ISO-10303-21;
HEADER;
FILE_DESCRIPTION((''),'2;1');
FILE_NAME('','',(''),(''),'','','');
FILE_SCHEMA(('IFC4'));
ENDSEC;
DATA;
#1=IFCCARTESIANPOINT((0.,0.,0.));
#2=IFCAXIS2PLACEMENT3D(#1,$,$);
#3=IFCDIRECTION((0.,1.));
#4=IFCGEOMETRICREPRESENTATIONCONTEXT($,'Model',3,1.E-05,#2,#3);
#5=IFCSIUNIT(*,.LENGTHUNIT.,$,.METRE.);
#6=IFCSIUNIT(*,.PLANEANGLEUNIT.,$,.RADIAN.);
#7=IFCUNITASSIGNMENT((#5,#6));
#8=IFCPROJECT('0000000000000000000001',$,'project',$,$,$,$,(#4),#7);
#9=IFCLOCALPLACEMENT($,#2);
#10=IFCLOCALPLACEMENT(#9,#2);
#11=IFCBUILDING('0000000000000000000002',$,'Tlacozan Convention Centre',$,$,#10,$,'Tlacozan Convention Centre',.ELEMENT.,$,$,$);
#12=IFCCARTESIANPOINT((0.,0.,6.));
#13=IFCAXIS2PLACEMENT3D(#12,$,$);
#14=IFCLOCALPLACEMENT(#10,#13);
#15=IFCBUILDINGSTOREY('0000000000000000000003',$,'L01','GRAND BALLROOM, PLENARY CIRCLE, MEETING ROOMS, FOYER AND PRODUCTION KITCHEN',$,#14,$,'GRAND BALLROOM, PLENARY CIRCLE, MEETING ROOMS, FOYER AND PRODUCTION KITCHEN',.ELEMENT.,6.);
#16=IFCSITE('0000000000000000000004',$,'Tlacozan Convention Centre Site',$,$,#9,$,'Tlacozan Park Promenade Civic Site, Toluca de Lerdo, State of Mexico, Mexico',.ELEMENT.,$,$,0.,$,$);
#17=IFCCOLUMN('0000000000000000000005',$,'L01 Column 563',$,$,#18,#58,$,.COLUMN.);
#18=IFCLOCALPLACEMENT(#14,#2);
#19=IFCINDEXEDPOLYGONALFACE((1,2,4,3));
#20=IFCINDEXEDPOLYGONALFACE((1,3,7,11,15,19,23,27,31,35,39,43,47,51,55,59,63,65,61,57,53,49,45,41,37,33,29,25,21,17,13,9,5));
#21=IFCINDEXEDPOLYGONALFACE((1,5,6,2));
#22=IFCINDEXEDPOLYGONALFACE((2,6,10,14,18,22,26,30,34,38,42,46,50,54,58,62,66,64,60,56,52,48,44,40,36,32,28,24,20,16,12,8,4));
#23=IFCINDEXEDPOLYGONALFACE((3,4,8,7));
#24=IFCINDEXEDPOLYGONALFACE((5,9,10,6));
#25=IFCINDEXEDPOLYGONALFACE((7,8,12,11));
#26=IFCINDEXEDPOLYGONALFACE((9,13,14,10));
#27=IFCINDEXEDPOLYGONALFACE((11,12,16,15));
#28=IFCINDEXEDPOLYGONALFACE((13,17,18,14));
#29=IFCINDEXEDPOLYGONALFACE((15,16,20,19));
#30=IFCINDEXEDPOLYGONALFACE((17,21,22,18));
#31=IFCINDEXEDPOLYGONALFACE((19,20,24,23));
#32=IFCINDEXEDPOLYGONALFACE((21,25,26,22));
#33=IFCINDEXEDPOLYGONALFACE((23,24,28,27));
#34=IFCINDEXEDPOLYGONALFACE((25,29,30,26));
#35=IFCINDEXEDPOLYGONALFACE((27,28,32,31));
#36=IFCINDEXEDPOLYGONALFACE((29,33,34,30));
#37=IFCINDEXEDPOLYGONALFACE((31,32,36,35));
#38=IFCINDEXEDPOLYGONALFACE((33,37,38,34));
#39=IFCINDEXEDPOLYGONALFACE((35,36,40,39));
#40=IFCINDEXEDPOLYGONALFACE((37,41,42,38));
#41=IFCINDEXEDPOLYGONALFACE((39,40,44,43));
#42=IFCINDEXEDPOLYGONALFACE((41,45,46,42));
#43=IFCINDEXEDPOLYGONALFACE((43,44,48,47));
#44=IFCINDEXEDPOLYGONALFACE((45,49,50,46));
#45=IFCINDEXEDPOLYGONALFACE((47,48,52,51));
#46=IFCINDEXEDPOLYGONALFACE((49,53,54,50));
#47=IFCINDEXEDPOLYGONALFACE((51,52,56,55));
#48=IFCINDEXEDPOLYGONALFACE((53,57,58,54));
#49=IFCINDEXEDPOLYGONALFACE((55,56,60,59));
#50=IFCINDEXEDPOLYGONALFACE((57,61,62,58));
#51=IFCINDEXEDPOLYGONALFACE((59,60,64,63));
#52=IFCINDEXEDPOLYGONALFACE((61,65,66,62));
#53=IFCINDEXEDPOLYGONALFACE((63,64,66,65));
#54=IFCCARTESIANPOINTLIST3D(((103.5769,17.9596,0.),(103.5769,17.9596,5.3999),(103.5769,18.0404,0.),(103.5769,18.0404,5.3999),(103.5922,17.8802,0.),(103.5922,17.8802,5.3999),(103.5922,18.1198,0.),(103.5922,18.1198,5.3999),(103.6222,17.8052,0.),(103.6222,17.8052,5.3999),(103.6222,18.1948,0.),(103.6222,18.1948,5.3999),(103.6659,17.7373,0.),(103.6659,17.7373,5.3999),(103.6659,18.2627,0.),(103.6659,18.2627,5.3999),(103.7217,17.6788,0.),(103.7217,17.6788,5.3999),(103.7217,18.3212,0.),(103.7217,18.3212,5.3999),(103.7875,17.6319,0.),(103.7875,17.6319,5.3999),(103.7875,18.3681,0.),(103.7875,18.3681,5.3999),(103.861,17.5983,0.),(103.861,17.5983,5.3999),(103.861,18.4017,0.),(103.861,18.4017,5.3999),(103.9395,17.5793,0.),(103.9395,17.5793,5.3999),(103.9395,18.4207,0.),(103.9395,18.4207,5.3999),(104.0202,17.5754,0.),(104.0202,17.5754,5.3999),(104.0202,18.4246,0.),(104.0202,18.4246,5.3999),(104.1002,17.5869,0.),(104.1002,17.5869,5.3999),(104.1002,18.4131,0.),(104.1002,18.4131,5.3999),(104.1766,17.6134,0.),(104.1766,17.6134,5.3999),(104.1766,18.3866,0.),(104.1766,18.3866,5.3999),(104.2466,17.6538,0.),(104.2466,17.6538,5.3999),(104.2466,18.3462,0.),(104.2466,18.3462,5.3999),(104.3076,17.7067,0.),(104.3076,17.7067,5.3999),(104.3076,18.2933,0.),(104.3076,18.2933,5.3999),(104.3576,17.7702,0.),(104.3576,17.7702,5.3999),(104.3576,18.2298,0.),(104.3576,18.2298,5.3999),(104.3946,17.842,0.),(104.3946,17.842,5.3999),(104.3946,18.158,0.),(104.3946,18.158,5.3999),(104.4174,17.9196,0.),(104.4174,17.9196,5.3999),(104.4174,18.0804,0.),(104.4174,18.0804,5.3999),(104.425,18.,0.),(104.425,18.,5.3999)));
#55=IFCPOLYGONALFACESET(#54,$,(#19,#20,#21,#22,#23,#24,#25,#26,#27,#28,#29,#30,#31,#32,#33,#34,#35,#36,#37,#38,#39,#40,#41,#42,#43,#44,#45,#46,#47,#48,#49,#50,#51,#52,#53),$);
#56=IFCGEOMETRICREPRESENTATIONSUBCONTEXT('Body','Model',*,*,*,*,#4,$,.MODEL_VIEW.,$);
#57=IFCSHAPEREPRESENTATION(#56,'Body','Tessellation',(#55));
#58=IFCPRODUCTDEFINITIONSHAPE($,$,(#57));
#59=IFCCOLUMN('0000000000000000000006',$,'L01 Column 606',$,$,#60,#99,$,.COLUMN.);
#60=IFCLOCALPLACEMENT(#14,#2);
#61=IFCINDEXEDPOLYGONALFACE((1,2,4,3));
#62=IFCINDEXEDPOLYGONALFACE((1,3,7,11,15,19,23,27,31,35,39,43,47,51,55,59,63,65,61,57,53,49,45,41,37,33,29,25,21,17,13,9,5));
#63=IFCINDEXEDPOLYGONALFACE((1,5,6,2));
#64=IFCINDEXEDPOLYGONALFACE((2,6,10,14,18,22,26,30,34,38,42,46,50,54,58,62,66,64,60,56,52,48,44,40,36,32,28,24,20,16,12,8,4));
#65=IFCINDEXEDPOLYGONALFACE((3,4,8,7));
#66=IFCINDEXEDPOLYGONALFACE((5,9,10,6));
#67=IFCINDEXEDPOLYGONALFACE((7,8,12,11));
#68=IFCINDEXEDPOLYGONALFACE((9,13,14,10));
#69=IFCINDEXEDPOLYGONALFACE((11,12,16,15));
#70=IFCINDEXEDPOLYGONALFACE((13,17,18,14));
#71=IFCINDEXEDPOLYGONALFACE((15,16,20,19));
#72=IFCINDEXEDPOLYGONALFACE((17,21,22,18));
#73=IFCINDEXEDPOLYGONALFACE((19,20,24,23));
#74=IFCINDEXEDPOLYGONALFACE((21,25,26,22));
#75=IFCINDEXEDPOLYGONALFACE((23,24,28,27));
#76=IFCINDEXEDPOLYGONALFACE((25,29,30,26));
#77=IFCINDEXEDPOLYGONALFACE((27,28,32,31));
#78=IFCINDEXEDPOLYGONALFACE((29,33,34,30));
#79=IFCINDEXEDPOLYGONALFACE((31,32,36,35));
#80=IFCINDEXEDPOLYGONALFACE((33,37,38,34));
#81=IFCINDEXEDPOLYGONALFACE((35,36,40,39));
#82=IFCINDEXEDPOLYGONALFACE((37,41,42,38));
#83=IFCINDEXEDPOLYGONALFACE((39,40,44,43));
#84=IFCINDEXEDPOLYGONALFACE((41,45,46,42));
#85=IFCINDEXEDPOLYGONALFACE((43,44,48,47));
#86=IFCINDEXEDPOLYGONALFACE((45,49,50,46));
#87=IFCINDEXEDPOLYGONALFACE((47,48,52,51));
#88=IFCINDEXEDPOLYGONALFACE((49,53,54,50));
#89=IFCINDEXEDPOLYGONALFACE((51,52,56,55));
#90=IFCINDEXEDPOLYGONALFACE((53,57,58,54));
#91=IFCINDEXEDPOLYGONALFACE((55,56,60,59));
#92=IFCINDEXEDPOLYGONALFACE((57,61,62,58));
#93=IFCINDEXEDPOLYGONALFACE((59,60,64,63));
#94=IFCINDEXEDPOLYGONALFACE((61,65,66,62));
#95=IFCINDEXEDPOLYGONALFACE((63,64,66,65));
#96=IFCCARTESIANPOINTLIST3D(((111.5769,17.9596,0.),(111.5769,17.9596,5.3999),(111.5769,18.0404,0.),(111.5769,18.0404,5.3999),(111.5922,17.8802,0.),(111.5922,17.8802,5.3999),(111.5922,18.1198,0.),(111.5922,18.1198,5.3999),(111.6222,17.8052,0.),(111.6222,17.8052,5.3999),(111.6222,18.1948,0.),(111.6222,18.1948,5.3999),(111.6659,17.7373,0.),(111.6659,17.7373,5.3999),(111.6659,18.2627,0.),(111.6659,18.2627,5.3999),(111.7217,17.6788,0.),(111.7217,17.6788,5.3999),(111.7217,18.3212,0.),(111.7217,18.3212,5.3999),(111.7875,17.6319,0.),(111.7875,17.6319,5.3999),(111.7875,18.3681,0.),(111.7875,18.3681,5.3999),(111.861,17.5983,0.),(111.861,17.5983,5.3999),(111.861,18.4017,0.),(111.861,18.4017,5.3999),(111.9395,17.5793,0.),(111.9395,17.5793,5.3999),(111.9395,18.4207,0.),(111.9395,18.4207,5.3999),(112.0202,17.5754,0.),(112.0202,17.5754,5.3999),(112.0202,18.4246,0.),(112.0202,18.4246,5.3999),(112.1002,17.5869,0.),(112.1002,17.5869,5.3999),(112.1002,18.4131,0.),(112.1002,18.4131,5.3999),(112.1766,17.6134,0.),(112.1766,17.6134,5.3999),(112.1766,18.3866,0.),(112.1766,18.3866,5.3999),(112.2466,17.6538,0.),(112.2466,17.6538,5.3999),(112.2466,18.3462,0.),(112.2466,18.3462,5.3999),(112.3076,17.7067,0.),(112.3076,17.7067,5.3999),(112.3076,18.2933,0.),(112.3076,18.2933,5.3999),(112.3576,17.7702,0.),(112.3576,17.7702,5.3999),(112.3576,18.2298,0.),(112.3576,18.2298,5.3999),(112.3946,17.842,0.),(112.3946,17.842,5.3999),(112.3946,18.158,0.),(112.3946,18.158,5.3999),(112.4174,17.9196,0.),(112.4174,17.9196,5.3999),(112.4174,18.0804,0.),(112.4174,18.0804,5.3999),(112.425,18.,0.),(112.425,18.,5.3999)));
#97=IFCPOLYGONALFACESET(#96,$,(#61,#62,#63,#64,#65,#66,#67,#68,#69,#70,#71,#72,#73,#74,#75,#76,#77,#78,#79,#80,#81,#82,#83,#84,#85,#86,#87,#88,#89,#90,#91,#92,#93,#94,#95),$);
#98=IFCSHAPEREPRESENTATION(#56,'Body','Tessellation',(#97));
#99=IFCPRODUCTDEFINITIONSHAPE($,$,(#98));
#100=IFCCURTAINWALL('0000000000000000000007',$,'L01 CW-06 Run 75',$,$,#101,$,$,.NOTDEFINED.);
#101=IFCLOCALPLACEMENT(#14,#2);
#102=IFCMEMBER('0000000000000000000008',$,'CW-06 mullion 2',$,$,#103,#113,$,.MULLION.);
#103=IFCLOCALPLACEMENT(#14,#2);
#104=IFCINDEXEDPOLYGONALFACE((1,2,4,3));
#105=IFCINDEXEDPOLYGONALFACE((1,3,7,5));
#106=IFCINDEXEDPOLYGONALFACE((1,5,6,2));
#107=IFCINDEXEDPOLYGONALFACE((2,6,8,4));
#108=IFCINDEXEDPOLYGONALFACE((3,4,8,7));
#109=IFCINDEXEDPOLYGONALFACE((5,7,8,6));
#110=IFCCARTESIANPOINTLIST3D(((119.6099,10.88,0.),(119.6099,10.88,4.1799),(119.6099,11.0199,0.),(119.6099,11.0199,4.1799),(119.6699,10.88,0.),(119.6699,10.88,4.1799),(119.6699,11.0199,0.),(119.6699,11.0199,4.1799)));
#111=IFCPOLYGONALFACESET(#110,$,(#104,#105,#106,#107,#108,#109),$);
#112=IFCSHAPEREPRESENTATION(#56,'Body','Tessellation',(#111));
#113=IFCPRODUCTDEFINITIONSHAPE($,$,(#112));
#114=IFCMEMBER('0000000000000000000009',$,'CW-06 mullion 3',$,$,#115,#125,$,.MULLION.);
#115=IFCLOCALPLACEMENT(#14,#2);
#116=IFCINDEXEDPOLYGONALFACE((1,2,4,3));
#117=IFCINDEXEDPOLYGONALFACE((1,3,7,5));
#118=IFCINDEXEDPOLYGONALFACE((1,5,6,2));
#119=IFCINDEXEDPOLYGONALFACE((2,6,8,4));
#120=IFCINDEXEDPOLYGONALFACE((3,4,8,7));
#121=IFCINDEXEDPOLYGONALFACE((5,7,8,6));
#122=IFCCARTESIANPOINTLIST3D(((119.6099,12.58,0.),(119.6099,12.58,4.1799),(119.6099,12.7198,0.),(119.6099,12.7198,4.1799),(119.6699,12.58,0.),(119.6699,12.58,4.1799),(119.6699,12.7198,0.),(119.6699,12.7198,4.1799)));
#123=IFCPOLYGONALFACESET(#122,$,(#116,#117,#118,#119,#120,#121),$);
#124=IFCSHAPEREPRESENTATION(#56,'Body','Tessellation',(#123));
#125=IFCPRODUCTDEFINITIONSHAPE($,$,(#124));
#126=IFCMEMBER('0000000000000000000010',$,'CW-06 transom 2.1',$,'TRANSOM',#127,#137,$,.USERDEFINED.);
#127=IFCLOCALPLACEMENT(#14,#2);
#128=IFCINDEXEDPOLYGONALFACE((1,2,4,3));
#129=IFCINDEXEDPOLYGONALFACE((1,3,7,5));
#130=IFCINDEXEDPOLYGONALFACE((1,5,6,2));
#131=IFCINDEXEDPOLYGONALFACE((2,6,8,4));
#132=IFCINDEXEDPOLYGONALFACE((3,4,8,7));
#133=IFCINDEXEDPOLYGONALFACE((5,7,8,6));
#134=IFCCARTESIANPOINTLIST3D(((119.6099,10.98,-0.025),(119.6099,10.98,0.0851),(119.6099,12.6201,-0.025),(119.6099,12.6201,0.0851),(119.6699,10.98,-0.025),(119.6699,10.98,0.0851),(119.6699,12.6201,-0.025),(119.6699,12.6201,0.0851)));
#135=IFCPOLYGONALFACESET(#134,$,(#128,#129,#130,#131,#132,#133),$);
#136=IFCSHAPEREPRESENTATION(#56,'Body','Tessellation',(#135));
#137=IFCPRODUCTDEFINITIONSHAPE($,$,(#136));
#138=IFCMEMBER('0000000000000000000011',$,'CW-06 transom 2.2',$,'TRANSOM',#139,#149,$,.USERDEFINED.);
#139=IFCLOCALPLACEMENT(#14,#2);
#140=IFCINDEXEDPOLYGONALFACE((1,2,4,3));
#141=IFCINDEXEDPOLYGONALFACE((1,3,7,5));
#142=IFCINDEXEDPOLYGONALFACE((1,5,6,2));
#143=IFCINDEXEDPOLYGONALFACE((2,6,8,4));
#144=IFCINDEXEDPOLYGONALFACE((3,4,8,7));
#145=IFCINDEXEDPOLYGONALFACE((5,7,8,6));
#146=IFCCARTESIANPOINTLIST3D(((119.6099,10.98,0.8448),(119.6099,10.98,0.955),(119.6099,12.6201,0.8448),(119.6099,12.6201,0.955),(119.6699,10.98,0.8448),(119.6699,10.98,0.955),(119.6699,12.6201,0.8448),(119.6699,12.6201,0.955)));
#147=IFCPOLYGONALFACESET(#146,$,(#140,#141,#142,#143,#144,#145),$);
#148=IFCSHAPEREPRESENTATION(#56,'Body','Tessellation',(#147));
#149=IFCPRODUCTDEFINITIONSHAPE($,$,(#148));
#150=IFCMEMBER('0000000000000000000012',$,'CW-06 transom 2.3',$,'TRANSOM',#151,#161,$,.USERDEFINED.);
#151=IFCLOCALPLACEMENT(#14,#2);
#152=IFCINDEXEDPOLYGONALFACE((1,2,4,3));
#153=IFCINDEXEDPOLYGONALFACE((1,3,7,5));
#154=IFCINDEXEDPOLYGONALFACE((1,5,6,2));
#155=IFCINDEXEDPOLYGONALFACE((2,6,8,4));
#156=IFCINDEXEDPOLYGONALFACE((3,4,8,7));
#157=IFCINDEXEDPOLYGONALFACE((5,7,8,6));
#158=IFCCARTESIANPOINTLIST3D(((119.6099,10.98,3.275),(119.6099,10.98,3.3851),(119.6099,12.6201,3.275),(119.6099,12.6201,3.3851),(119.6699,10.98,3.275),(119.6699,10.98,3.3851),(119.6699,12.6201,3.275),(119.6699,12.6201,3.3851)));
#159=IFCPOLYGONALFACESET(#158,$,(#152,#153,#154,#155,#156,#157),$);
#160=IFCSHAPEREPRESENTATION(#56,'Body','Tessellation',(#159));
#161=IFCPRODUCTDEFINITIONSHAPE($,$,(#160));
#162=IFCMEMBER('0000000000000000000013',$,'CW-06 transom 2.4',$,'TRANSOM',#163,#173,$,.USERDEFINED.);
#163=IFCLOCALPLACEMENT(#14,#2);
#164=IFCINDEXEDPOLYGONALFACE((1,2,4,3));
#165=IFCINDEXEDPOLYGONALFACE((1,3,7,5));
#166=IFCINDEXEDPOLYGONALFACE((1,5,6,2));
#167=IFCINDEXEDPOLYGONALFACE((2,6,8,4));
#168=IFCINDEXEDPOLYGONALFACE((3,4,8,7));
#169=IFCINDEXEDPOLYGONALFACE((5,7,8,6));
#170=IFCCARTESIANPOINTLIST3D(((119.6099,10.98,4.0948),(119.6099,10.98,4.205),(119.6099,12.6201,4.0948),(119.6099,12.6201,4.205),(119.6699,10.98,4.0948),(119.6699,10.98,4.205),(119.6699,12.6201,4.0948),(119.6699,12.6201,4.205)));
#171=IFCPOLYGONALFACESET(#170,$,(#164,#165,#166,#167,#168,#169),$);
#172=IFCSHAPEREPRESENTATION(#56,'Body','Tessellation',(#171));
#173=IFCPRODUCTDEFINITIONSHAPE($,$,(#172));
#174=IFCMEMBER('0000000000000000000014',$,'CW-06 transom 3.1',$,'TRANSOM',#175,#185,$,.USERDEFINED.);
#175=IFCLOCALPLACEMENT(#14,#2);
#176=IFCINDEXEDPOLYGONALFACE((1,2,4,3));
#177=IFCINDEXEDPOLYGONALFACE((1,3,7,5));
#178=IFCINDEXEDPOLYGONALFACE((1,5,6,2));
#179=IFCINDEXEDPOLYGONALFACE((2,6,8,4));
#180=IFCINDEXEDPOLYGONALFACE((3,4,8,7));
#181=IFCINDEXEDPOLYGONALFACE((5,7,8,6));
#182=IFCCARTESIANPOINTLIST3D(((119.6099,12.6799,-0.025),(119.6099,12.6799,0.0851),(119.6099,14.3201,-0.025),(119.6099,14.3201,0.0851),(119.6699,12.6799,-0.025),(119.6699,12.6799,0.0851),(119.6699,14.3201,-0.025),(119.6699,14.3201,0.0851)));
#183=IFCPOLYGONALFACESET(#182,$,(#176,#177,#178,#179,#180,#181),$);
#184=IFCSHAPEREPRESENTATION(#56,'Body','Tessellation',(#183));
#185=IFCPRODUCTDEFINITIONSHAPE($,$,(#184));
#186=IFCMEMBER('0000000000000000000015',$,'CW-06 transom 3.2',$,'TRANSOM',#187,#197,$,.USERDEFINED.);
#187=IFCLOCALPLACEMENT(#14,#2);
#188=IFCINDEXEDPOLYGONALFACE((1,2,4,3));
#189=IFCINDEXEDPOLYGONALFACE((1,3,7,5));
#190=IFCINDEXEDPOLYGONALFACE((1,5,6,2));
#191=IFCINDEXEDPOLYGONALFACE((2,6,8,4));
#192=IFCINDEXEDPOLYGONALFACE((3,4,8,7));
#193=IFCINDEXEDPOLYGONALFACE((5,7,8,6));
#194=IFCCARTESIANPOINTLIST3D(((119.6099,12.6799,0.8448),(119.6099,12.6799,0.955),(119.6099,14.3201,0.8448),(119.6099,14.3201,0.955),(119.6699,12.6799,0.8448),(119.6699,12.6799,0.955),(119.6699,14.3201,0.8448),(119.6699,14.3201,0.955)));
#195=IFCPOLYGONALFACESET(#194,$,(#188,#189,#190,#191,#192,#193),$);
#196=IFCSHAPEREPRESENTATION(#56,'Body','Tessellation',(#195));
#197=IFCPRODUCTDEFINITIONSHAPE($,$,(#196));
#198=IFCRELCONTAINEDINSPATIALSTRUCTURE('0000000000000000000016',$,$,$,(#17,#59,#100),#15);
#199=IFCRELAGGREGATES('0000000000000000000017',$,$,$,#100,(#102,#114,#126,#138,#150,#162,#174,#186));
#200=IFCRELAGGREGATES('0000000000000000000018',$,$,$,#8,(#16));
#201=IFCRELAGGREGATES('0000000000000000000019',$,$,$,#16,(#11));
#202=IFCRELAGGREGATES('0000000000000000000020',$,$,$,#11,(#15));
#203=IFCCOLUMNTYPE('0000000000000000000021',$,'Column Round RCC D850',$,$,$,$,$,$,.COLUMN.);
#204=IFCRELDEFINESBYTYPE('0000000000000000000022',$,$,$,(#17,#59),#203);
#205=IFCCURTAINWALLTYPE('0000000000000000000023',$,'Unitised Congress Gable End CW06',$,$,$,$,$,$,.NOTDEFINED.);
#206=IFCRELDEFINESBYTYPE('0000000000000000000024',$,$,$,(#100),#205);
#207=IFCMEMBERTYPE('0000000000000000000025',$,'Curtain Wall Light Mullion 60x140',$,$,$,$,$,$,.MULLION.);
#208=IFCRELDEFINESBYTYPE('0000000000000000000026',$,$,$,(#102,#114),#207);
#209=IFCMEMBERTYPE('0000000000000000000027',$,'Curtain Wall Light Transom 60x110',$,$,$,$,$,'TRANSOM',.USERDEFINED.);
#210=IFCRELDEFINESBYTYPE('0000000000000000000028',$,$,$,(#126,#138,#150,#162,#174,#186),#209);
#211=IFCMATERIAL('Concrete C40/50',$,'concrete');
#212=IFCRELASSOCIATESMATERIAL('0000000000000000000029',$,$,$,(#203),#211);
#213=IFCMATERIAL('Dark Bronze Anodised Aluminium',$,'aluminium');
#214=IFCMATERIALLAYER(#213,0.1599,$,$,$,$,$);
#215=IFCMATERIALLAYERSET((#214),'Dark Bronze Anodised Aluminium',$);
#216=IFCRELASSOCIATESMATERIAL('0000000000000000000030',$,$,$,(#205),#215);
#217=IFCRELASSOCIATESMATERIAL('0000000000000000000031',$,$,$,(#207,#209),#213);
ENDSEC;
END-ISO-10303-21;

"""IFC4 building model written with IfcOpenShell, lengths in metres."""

from ifc_helpers import new_model, si_unit, direction, frame, origin, origin_2d, place, context, subcontext, project, spatial, rectangle, circle, extrude, material, layer, layer_set, material_profile, profile_set, type_object, element, aggregate, save


model = new_model("IFC4")

# Units and contexts
model_context = context("Model", 3, precision=1e-05, world=origin(), true_north=direction((0.0, 1.0)))
body_context = subcontext(model_context, "Body", "Model", "MODEL_VIEW")
ifc_project = project(units=[si_unit("LENGTHUNIT", "METRE"), si_unit("PLANEANGLEUNIT", "RADIAN")], contexts=[model_context])

# Site, building, storey
site_placement = place(None, origin())
site = spatial("IfcSite", under=ifc_project, at=site_placement, Name="Tlacozan Convention Centre Site", LongName="Tlacozan Park Promenade Civic Site, Toluca de Lerdo, State of Mexico, Mexico", CompositionType="ELEMENT", RefElevation=0.0)
building_placement = place(site_placement, origin())
building = spatial("IfcBuilding", under=site, at=building_placement, Name="Tlacozan Convention Centre", LongName="Tlacozan Convention Centre", CompositionType="ELEMENT")
storey_placement = place(building_placement, frame((0.0, 0.0, 6.0)))
storey = spatial("IfcBuildingStorey", under=building, at=storey_placement, Name="L01", Description="GRAND BALLROOM, PLENARY CIRCLE, MEETING ROOMS, FOYER AND PRODUCTION KITCHEN", LongName="GRAND BALLROOM, PLENARY CIRCLE, MEETING ROOMS, FOYER AND PRODUCTION KITCHEN", CompositionType="ELEMENT", Elevation=6.0)

# Columns
ifc_material_1 = material(Name="Concrete C40/50", Category="concrete")
ifc_material_profile_1 = material_profile(ifc_material_1, circle(Radius=0.425, at=origin_2d()), Name="RCC D850")
ifc_profile_set_1 = profile_set([ifc_material_profile_1], Name="Concrete C40/50")
column_type = type_object("IfcColumnType", Name="Column Round RCC D850", PredefinedType="COLUMN", material=ifc_profile_set_1)
for number, where, z_axis, x_axis, name in (
    (1, (104.0, 18.0, 0.0), (0.0, 0.0, 1.0), (1.0, 0.0, 0.0), "L01 Column 563"),
    (2, (112.0, 18.0, 0.0), (0.0, 0.0, 1.0), (1.0, 0.0, 0.0), "L01 Column 606"),
):
    element("IfcColumn", number, at=place(storey_placement, frame(where, z_axis=z_axis, x_axis=x_axis)), inside=storey, type_object=column_type, Name=name, PredefinedType="COLUMN", context=body_context, shape_type="SweptSolid", body=[
        extrude(circle(Radius=0.425, at=origin_2d()), origin(), (0.0, 0.0, 1.0), 5.3999),
    ])

# Curtain wall, members
ifc_material_2 = material(Name="Dark Bronze Anodised Aluminium", Category="aluminium")
ifc_layer_1 = layer(ifc_material_2, 0.1599)
ifc_layer_set_1 = layer_set([ifc_layer_1], Name="Dark Bronze Anodised Aluminium")
curtain_wall_type = type_object("IfcCurtainWallType", Name="Unitised Congress Gable End CW06", PredefinedType="NOTDEFINED", material=ifc_layer_set_1)
curtain_wall_placement = place(storey_placement, origin())
curtain_wall = element("IfcCurtainWall", 3, at=curtain_wall_placement, inside=storey, type_object=curtain_wall_type, Name="L01 CW-06 Run 75", PredefinedType="NOTDEFINED")
ifc_material_profile_2 = material_profile(ifc_material_2, rectangle(XDim=0.0601, YDim=0.1399, at=origin_2d()), Name="ALU 60x140")
ifc_profile_set_2 = profile_set([ifc_material_profile_2], Name="Dark Bronze Anodised Aluminium")
member_type_1 = type_object("IfcMemberType", Name="Curtain Wall Light Mullion 60x140", PredefinedType="MULLION", material=ifc_profile_set_2)
member_1_placement = place(storey_placement, frame((119.6399, 10.95, 0.0), z_axis=(0.0, 0.0, 1.0), x_axis=(-1.0, 0.0, 0.0)))
member_1 = element("IfcMember", 4, at=member_1_placement, type_object=member_type_1, Name="CW-06 mullion 2", PredefinedType="MULLION", context=body_context, shape_type="SweptSolid", body=[
    extrude(rectangle(XDim=0.0601, YDim=0.1399, at=origin_2d()), origin(), (0.0, 0.0, 1.0), 4.1799),
])
member_2_placement = place(storey_placement, frame((119.6399, 12.6499, 0.0), z_axis=(0.0, 0.0, 1.0), x_axis=(-1.0, 0.0, 0.0)))
member_2 = element("IfcMember", 5, at=member_2_placement, type_object=member_type_1, Name="CW-06 mullion 3", PredefinedType="MULLION", context=body_context, shape_type="SweptSolid", body=[
    extrude(rectangle(XDim=0.0601, YDim=0.1399, at=origin_2d()), origin(), (0.0, 0.0, 1.0), 4.1799),
])
ifc_material_profile_3 = material_profile(ifc_material_2, rectangle(XDim=0.0601, YDim=0.1101, at=origin_2d()), Name="ALU 60x110")
ifc_profile_set_3 = profile_set([ifc_material_profile_3], Name="Dark Bronze Anodised Aluminium")
member_type_2 = type_object("IfcMemberType", Name="Curtain Wall Light Transom 60x110", ElementType="TRANSOM", PredefinedType="USERDEFINED", material=ifc_profile_set_3)
member_3_placement = place(storey_placement, frame((119.6399, 10.98, 0.03), z_axis=(0.0, 1.0, 0.0), x_axis=(-1.0, 0.0, 0.0)))
member_3 = element("IfcMember", 6, at=member_3_placement, type_object=member_type_2, Name="CW-06 transom 2.1", ObjectType="TRANSOM", PredefinedType="USERDEFINED", context=body_context, shape_type="SweptSolid", body=[
    extrude(rectangle(XDim=0.0601, YDim=0.1101, at=origin_2d()), origin(), (0.0, 0.0, 1.0), 1.6401),
])
member_4_placement = place(storey_placement, frame((119.6399, 10.98, 0.8999), z_axis=(0.0, 1.0, 0.0), x_axis=(-1.0, 0.0, 0.0)))
member_4 = element("IfcMember", 7, at=member_4_placement, type_object=member_type_2, Name="CW-06 transom 2.2", ObjectType="TRANSOM", PredefinedType="USERDEFINED", context=body_context, shape_type="SweptSolid", body=[
    extrude(rectangle(XDim=0.0601, YDim=0.1101, at=origin_2d()), origin(), (0.0, 0.0, 1.0), 1.6401),
])
member_5_placement = place(storey_placement, frame((119.6399, 10.98, 3.3301), z_axis=(0.0, 1.0, 0.0), x_axis=(-1.0, 0.0, 0.0)))
member_5 = element("IfcMember", 8, at=member_5_placement, type_object=member_type_2, Name="CW-06 transom 2.3", ObjectType="TRANSOM", PredefinedType="USERDEFINED", context=body_context, shape_type="SweptSolid", body=[
    extrude(rectangle(XDim=0.0601, YDim=0.1101, at=origin_2d()), origin(), (0.0, 0.0, 1.0), 1.6401),
])
member_6_placement = place(storey_placement, frame((119.6399, 10.98, 4.1499), z_axis=(0.0, 1.0, 0.0), x_axis=(-1.0, 0.0, 0.0)))
member_6 = element("IfcMember", 9, at=member_6_placement, type_object=member_type_2, Name="CW-06 transom 2.4", ObjectType="TRANSOM", PredefinedType="USERDEFINED", context=body_context, shape_type="SweptSolid", body=[
    extrude(rectangle(XDim=0.0601, YDim=0.1101, at=origin_2d()), origin(), (0.0, 0.0, 1.0), 1.6401),
])
member_7_placement = place(storey_placement, frame((119.6399, 12.6799, 0.03), z_axis=(0.0, 1.0, 0.0), x_axis=(-1.0, 0.0, 0.0)))
member_7 = element("IfcMember", 10, at=member_7_placement, type_object=member_type_2, Name="CW-06 transom 3.1", ObjectType="TRANSOM", PredefinedType="USERDEFINED", context=body_context, shape_type="SweptSolid", body=[
    extrude(rectangle(XDim=0.0601, YDim=0.1101, at=origin_2d()), origin(), (0.0, 0.0, 1.0), 1.6401),
])
member_8_placement = place(storey_placement, frame((119.6399, 12.6799, 0.8999), z_axis=(0.0, 1.0, 0.0), x_axis=(-1.0, 0.0, 0.0)))
member_8 = element("IfcMember", 11, at=member_8_placement, type_object=member_type_2, Name="CW-06 transom 3.2", ObjectType="TRANSOM", PredefinedType="USERDEFINED", context=body_context, shape_type="SweptSolid", body=[
    extrude(rectangle(XDim=0.0601, YDim=0.1101, at=origin_2d()), origin(), (0.0, 0.0, 1.0), 1.6401),
])

aggregate(curtain_wall, [member_1, member_2, member_3, member_4, member_5, member_6, member_7, member_8])

save(model, "model.ifc")
